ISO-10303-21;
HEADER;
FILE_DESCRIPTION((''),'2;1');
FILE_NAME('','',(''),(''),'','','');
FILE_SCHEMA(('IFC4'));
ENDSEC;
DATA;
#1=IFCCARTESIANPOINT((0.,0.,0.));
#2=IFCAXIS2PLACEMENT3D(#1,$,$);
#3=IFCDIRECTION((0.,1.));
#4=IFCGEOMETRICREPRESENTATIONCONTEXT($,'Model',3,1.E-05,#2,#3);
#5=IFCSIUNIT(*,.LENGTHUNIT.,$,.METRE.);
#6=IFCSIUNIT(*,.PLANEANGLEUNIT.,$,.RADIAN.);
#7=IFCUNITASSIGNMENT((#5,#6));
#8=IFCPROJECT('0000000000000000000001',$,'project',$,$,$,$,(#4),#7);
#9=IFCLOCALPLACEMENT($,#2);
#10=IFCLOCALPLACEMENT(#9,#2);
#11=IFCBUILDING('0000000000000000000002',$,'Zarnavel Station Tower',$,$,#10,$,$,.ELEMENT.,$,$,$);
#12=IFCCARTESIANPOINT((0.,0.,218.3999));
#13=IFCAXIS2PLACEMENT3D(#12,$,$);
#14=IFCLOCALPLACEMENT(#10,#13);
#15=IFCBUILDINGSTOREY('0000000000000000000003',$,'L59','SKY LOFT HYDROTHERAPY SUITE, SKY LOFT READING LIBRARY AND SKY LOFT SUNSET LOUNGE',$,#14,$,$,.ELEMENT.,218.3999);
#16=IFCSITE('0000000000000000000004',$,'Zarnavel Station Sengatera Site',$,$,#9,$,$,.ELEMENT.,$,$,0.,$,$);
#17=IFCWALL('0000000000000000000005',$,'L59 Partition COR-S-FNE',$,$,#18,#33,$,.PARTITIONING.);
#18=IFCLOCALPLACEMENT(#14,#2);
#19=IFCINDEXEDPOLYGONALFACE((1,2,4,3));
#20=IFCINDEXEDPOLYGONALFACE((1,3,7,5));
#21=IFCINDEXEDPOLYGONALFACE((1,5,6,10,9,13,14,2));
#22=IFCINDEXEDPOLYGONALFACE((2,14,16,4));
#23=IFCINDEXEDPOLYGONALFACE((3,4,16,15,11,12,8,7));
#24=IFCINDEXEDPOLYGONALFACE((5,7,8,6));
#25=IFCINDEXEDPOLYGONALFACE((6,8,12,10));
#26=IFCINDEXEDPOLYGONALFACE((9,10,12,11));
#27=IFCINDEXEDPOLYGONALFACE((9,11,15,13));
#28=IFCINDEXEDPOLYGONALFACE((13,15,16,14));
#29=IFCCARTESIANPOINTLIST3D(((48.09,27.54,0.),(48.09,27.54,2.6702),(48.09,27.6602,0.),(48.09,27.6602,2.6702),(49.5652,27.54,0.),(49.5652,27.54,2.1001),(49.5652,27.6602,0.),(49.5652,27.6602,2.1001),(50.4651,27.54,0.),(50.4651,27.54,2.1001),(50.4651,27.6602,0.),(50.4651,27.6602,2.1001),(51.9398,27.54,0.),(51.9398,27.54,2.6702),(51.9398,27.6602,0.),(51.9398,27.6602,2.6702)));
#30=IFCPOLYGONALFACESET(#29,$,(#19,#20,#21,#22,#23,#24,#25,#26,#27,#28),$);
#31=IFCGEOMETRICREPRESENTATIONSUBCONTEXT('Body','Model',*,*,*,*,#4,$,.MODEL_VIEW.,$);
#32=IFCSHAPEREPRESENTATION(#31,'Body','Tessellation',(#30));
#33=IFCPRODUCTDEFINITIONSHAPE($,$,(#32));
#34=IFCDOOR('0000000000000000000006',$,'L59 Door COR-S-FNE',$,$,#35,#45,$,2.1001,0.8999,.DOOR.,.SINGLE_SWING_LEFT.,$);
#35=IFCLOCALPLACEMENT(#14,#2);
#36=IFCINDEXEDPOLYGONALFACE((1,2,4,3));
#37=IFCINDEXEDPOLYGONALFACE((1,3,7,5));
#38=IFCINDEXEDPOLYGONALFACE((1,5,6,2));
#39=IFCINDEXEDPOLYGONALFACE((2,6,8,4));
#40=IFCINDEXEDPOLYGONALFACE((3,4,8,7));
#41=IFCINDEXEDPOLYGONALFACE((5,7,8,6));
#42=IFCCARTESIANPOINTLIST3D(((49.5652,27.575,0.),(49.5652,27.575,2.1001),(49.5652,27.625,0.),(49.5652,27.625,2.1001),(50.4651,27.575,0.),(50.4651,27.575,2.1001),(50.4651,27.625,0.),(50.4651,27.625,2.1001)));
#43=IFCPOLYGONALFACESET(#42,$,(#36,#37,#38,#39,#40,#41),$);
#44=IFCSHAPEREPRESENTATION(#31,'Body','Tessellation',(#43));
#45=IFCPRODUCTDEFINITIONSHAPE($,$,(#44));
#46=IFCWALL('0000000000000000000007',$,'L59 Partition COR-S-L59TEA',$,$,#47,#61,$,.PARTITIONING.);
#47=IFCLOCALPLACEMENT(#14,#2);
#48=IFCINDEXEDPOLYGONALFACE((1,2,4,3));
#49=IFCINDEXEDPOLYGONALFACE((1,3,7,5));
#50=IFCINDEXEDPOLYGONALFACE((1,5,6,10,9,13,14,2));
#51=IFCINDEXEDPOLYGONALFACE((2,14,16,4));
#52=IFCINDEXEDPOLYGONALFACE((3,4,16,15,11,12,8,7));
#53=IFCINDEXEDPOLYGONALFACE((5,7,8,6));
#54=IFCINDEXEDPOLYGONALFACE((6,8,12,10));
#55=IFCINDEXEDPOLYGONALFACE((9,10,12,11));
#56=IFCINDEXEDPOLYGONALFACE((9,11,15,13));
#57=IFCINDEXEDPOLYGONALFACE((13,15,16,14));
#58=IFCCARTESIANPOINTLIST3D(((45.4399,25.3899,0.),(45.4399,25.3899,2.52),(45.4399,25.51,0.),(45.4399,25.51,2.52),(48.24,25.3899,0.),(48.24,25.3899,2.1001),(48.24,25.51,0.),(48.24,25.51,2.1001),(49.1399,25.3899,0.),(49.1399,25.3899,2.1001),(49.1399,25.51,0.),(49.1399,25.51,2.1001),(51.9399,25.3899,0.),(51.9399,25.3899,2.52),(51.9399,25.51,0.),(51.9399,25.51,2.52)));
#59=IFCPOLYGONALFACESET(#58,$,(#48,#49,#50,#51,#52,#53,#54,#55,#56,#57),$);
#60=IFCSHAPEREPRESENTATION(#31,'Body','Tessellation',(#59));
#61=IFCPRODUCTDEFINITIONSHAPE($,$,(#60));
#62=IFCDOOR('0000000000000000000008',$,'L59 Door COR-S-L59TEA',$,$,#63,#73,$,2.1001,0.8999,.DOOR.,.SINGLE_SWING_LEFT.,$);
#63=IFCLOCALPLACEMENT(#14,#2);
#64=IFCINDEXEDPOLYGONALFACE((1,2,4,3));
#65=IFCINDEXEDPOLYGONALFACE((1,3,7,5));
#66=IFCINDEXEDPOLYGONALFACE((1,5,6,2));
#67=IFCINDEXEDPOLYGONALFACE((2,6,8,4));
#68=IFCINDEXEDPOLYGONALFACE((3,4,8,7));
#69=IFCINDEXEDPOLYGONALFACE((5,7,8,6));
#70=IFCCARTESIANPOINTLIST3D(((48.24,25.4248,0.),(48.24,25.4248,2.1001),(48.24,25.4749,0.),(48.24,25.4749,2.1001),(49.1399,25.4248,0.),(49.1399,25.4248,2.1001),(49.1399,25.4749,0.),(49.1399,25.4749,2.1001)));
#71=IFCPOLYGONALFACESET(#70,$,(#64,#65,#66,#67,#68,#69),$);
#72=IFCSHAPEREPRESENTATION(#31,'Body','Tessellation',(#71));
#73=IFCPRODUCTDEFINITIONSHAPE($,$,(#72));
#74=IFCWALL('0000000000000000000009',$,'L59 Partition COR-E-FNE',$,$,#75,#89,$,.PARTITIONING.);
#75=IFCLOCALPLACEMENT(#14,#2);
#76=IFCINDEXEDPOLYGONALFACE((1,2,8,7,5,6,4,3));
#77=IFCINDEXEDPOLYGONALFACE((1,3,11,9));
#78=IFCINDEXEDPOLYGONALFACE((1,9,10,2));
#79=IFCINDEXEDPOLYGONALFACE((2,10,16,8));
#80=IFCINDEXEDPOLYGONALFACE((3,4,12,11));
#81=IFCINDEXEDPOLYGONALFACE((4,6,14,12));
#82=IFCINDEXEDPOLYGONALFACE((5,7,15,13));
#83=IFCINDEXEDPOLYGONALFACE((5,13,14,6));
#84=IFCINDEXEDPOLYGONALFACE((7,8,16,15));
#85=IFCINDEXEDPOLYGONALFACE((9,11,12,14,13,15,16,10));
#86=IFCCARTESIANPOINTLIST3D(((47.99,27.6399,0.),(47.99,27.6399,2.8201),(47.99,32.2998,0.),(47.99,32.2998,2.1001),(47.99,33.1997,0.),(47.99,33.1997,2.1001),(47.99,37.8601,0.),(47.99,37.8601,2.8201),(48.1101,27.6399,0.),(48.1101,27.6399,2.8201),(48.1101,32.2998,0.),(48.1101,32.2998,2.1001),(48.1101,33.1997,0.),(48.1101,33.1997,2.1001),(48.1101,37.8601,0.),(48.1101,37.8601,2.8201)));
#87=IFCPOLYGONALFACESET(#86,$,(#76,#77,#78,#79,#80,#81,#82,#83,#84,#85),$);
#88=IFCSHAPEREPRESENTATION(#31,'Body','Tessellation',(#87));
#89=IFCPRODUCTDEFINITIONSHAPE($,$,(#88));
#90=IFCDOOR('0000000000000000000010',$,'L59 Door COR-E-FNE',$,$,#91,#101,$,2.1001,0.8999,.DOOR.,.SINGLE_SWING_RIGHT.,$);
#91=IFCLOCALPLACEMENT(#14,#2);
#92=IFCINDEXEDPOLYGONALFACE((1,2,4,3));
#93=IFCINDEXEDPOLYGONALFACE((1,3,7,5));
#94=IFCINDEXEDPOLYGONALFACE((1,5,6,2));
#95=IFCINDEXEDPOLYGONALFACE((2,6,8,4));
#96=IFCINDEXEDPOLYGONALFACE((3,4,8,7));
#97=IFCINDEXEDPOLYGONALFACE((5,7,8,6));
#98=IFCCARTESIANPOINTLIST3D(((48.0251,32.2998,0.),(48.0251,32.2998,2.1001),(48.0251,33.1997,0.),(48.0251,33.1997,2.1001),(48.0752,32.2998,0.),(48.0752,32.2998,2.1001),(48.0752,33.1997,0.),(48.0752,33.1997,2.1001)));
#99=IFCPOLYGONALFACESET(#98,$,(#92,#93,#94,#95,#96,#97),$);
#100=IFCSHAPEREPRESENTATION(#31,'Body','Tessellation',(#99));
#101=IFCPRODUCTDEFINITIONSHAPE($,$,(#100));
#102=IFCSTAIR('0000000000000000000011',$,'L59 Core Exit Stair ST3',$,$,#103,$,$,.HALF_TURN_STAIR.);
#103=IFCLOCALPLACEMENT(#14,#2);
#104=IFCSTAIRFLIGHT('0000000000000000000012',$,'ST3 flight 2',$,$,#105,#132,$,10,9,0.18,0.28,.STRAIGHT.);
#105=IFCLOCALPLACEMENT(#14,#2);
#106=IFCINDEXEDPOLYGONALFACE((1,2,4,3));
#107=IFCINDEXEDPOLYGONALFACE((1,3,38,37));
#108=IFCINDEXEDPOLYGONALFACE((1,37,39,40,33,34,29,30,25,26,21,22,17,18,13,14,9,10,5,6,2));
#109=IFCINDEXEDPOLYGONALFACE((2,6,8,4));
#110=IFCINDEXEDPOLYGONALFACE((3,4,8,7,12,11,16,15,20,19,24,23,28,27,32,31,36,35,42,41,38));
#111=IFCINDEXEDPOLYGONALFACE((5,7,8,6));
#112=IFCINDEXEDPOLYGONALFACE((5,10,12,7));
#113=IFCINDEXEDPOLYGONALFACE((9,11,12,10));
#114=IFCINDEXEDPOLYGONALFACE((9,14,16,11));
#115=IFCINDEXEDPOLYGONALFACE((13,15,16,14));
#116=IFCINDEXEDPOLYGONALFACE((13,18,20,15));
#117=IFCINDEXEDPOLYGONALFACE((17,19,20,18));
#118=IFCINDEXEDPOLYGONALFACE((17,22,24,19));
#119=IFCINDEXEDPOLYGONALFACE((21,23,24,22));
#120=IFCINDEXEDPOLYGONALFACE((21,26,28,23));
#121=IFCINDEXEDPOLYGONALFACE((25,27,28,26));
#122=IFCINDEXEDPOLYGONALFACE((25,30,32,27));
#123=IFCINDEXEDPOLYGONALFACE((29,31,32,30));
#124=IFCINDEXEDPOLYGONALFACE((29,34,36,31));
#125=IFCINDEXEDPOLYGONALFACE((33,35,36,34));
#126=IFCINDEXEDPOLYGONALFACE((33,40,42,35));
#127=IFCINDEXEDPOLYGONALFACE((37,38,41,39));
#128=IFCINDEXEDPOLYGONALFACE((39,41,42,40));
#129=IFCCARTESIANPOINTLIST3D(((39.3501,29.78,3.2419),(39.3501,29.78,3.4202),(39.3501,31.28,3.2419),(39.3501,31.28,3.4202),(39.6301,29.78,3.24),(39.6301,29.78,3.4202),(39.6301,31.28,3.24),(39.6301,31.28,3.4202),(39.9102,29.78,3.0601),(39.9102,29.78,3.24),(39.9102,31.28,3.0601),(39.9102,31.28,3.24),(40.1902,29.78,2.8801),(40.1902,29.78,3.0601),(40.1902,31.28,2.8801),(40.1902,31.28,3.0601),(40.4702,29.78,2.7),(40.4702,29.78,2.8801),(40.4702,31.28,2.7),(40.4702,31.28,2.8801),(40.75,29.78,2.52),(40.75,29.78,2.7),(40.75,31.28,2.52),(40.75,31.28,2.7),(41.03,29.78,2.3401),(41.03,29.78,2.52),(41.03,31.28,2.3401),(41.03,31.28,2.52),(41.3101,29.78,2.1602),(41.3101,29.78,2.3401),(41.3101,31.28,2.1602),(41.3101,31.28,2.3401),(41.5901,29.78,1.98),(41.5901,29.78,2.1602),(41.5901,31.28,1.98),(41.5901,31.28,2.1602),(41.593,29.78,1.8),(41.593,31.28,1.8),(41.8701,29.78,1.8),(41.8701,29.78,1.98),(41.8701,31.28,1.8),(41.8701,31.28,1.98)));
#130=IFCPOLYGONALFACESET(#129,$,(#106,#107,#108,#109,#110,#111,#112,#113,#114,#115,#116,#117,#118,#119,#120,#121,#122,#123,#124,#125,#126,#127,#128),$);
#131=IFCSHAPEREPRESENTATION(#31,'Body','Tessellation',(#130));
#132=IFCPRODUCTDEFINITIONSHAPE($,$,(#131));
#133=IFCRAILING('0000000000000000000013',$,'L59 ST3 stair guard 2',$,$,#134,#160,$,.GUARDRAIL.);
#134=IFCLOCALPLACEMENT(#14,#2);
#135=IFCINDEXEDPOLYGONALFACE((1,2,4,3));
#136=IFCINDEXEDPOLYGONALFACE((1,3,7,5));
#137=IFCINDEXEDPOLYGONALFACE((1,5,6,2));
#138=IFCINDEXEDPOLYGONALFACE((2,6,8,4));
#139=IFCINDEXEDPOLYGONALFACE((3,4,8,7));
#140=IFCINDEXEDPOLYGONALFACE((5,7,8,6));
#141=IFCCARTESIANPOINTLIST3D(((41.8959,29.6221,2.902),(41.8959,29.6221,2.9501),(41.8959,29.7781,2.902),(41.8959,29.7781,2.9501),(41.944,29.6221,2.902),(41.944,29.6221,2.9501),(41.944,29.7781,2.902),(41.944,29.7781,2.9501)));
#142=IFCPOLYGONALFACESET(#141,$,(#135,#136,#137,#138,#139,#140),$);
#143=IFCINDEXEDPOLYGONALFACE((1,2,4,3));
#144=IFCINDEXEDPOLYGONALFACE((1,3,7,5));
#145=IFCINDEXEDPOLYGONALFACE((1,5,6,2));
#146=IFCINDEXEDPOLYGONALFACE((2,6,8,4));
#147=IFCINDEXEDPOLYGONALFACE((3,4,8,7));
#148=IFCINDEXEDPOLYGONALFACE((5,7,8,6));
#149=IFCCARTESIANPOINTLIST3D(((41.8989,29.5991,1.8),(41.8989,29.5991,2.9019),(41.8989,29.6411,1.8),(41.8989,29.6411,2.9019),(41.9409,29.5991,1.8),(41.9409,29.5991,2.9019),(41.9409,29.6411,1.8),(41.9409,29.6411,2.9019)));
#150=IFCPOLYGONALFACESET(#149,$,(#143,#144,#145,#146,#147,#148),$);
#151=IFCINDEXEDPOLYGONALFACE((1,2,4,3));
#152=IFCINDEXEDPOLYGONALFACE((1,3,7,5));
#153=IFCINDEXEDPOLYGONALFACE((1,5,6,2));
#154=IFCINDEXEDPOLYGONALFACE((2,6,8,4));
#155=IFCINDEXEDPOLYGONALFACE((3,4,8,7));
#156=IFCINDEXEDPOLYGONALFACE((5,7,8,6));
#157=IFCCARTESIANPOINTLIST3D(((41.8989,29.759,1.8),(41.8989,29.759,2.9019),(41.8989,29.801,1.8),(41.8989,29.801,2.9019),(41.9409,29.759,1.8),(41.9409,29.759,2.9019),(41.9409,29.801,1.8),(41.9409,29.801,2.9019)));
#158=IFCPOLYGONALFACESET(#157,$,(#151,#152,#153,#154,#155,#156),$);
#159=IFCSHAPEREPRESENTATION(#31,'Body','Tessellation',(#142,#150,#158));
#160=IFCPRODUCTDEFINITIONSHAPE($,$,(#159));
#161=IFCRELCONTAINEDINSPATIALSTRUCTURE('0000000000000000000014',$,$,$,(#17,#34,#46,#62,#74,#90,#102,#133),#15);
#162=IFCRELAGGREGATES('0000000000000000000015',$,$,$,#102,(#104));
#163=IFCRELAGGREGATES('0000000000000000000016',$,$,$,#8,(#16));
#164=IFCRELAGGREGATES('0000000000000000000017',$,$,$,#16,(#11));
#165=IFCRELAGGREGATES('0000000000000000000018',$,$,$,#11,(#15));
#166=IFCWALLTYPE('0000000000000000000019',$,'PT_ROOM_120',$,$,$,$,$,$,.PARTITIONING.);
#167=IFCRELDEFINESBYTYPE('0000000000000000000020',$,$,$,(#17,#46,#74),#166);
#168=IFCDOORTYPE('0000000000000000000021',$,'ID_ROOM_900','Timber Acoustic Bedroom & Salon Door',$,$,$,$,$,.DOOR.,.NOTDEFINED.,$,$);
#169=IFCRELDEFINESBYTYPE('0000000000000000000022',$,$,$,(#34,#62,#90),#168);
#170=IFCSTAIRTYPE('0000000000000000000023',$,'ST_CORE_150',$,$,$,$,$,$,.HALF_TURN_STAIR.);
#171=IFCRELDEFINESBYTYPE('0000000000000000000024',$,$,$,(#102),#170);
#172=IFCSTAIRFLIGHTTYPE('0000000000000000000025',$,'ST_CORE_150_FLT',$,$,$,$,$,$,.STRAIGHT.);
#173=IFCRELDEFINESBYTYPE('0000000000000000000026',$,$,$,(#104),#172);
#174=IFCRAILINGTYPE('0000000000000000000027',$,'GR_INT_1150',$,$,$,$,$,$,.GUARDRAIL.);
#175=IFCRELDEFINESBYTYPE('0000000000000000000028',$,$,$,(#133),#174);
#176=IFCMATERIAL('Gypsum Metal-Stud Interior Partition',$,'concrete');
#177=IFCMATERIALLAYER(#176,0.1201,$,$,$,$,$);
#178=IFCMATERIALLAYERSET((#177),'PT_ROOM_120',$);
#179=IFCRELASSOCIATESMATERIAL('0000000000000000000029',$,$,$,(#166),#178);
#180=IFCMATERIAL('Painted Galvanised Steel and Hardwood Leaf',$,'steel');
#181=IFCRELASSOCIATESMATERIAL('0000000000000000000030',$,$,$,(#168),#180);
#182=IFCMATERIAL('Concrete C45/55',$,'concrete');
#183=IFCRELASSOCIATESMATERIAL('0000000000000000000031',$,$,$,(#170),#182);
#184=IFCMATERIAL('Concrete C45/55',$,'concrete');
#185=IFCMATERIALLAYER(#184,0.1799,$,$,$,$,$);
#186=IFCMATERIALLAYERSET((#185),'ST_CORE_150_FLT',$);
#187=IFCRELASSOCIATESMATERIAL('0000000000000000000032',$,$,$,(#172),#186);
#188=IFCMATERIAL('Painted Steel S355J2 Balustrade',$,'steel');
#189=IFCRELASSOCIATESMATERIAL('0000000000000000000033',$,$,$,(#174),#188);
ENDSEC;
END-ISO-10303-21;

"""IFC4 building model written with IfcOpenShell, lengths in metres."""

from ifc_helpers import new_model, si_unit, direction, frame, frame_2d, origin, origin_2d, place, context, subcontext, project, spatial, polyline, rectangle, outline, extrude, material, layer, layer_set, type_object, element, fill, aggregate, save


model = new_model("IFC4")

# Units and contexts
model_context = context("Model", 3, precision=1e-05, world=origin(), true_north=direction((0.0, 1.0)))
body_context = subcontext(model_context, "Body", "Model", "MODEL_VIEW")
ifc_project = project(units=[si_unit("LENGTHUNIT", "METRE"), si_unit("PLANEANGLEUNIT", "RADIAN")], contexts=[model_context])

# Site, building, storey
site_placement = place(None, origin())
site = spatial("IfcSite", under=ifc_project, at=site_placement, Name="Zarnavel Station Sengatera Site", CompositionType="ELEMENT", RefElevation=0.0)
building_placement = place(site_placement, origin())
building = spatial("IfcBuilding", under=site, at=building_placement, Name="Zarnavel Station Tower", CompositionType="ELEMENT")
storey_placement = place(building_placement, frame((0.0, 0.0, 218.3999)))
storey = spatial("IfcBuildingStorey", under=building, at=storey_placement, Name="L59", Description="SKY LOFT HYDROTHERAPY SUITE, SKY LOFT READING LIBRARY AND SKY LOFT SUNSET LOUNGE", CompositionType="ELEMENT", Elevation=218.3999)

# Walls, openings, doors
ifc_material_1 = material(Name="Gypsum Metal-Stud Interior Partition", Category="concrete")
ifc_layer_1 = layer(ifc_material_1, 0.1201)
ifc_layer_set_1 = layer_set([ifc_layer_1], Name="PT_ROOM_120")
wall_type_1 = type_object("IfcWallType", Name="PT_ROOM_120", PredefinedType="PARTITIONING", material=ifc_layer_set_1)
wall_1_placement = place(storey_placement, frame((48.0901, 27.6001, 0.0), z_axis=(0.0, 0.0, 1.0), x_axis=(1.0, 0.0, 0.0)))
wall_1 = element("IfcWall", 1, at=wall_1_placement, inside=storey, type_object=wall_type_1, Name="L59 Partition COR-S-FNE", PredefinedType="PARTITIONING", context=body_context, shape_type="SweptSolid", body=[
    extrude(rectangle(XDim=3.8499, YDim=0.1201, at=frame_2d((1.9248, 0.0))), origin(), (0.0, 0.0, 1.0), 2.6702),
])
opening_1_placement = place(wall_1_placement, frame((1.4751, 0.0, 0.0)))
opening_1 = element("IfcOpeningElement", 2, at=opening_1_placement, cuts=wall_1, PredefinedType="OPENING", context=body_context, shape_type="SweptSolid", body=[
    extrude(rectangle(XDim=0.8999, YDim=2.1001, at=frame_2d((0.45, 1.05))), frame((0.0, 0.0701, 0.0), z_axis=(0.0, -1.0, 0.0), x_axis=(1.0, 0.0, 0.0)), (0.0, 0.0, 1.0), 0.1401),
])
ifc_material_2 = material(Name="Painted Galvanised Steel and Hardwood Leaf", Category="steel")
door_type_1 = type_object("IfcDoorType", Name="ID_ROOM_900", Description="Timber Acoustic Bedroom & Salon Door", OperationType="NOTDEFINED", PredefinedType="DOOR", material=ifc_material_2)
door_1_placement = place(opening_1_placement, origin())
door_1 = element("IfcDoor", 3, at=door_1_placement, inside=storey, type_object=door_type_1, Name="L59 Door COR-S-FNE", OperationType="SINGLE_SWING_LEFT", OverallHeight=2.1001, OverallWidth=0.8999, PredefinedType="DOOR", context=body_context, shape_type="SweptSolid", body=[
    extrude(rectangle(XDim=0.8999, YDim=2.1001, at=frame_2d((0.45, 1.05))), frame((0.0, 0.0249, 0.0), z_axis=(0.0, -1.0, 0.0), x_axis=(1.0, 0.0, 0.0)), (0.0, 0.0, 1.0), 0.05),
])
fill(opening_1, door_1)
wall_2_placement = place(storey_placement, frame((45.4399, 25.45, 0.0), z_axis=(0.0, 0.0, 1.0), x_axis=(1.0, 0.0, 0.0)))
wall_2 = element("IfcWall", 4, at=wall_2_placement, inside=storey, type_object=wall_type_1, Name="L59 Partition COR-S-L59TEA", PredefinedType="PARTITIONING", context=body_context, shape_type="SweptSolid", body=[
    extrude(rectangle(XDim=6.5, YDim=0.1201, at=frame_2d((3.25, 0.0))), origin(), (0.0, 0.0, 1.0), 2.52),
])
opening_2_placement = place(wall_2_placement, frame((2.8, 0.0, 0.0)))
opening_2 = element("IfcOpeningElement", 5, at=opening_2_placement, cuts=wall_2, PredefinedType="OPENING", context=body_context, shape_type="SweptSolid", body=[
    extrude(rectangle(XDim=0.8999, YDim=2.1001, at=frame_2d((0.45, 1.05))), frame((0.0, 0.0701, 0.0), z_axis=(0.0, -1.0, 0.0), x_axis=(1.0, 0.0, 0.0)), (0.0, 0.0, 1.0), 0.1401),
])
door_2_placement = place(opening_2_placement, origin())
door_2 = element("IfcDoor", 6, at=door_2_placement, inside=storey, type_object=door_type_1, Name="L59 Door COR-S-L59TEA", OperationType="SINGLE_SWING_LEFT", OverallHeight=2.1001, OverallWidth=0.8999, PredefinedType="DOOR", context=body_context, shape_type="SweptSolid", body=[
    extrude(rectangle(XDim=0.8999, YDim=2.1001, at=frame_2d((0.45, 1.05))), frame((0.0, 0.0249, 0.0), z_axis=(0.0, -1.0, 0.0), x_axis=(1.0, 0.0, 0.0)), (0.0, 0.0, 1.0), 0.05),
])
fill(opening_2, door_2)
wall_3_placement = place(storey_placement, frame((48.05, 27.6399, 0.0), z_axis=(0.0, 0.0, 1.0), x_axis=(0.0, 1.0, 0.0)))
wall_3 = element("IfcWall", 7, at=wall_3_placement, inside=storey, type_object=wall_type_1, Name="L59 Partition COR-E-FNE", PredefinedType="PARTITIONING", context=body_context, shape_type="SweptSolid", body=[
    extrude(rectangle(XDim=10.2202, YDim=0.1201, at=frame_2d((5.1101, 0.0))), origin(), (0.0, 0.0, 1.0), 2.8201),
])
opening_3_placement = place(wall_3_placement, frame((4.6599, 0.0, 0.0)))
opening_3 = element("IfcOpeningElement", 8, at=opening_3_placement, cuts=wall_3, PredefinedType="OPENING", context=body_context, shape_type="SweptSolid", body=[
    extrude(rectangle(XDim=0.8999, YDim=2.1001, at=frame_2d((0.45, 1.05))), frame((0.0, 0.0701, 0.0), z_axis=(0.0, -1.0, 0.0), x_axis=(1.0, 0.0, 0.0)), (0.0, 0.0, 1.0), 0.1401),
])
door_3_placement = place(opening_3_placement, origin())
door_3 = element("IfcDoor", 9, at=door_3_placement, inside=storey, type_object=door_type_1, Name="L59 Door COR-E-FNE", OperationType="SINGLE_SWING_RIGHT", OverallHeight=2.1001, OverallWidth=0.8999, PredefinedType="DOOR", context=body_context, shape_type="SweptSolid", body=[
    extrude(rectangle(XDim=0.8999, YDim=2.1001, at=frame_2d((0.45, 1.05))), frame((0.0, 0.0249, 0.0), z_axis=(0.0, -1.0, 0.0), x_axis=(1.0, 0.0, 0.0)), (0.0, 0.0, 1.0), 0.05),
])
fill(opening_3, door_3)

# Stair, stair flight
ifc_material_3 = material(Name="Concrete C45/55", Category="concrete")
stair_type = type_object("IfcStairType", Name="ST_CORE_150", PredefinedType="HALF_TURN_STAIR", material=ifc_material_3)
stair_placement = place(storey_placement, origin())
stair = element("IfcStair", 10, at=stair_placement, inside=storey, type_object=stair_type, Name="L59 Core Exit Stair ST3", PredefinedType="HALF_TURN_STAIR")
ifc_material_4 = material(Name="Concrete C45/55", Category="concrete")
ifc_layer_2 = layer(ifc_material_4, 0.1799)
ifc_layer_set_2 = layer_set([ifc_layer_2], Name="ST_CORE_150_FLT")
stair_flight_type = type_object("IfcStairFlightType", Name="ST_CORE_150_FLT", PredefinedType="STRAIGHT", material=ifc_layer_set_2)
stair_flight_placement = place(storey_placement, frame((41.8701, 30.53, 1.8), z_axis=(0.0, 0.0, 1.0), x_axis=(-1.0, 0.0, 0.0)))
stair_flight = element("IfcStairFlight", 11, at=stair_flight_placement, type_object=stair_flight_type, Name="ST3 flight 2", NumberOfRisers=10, NumberOfTreads=9, PredefinedType="STRAIGHT", RiserHeight=0.18, TreadLength=0.28, context=body_context, shape_type="SweptSolid", body=[
    extrude(outline(polyline([(0.0, 0.0), (0.0, 0.1799), (0.28, 0.1799), (0.28, 0.3601), (0.5601, 0.3601), (0.5601, 0.54), (0.8401, 0.54), (0.8401, 0.72), (1.1201, 0.72), (1.1201, 0.8999), (1.3999, 0.8999), (1.3999, 1.0801), (1.6799, 1.0801), (1.6799, 1.26), (1.96, 1.26), (1.96, 1.4399), (2.24, 1.4399), (2.24, 1.6201), (2.52, 1.6201), (2.52, 1.8), (2.52, 1.4419), (0.2771, 0.0), (0.0, 0.0)])), frame((0.0, 0.75, 0.0), z_axis=(0.0, -1.0, 0.0), x_axis=(1.0, 0.0, 0.0)), (0.0, 0.0, 1.0), 1.5),
])
aggregate(stair, [stair_flight])

# Railing
ifc_material_5 = material(Name="Painted Steel S355J2 Balustrade", Category="steel")
railing_type_1 = type_object("IfcRailingType", Name="GR_INT_1150", PredefinedType="GUARDRAIL", material=ifc_material_5)
railing_1_placement = place(storey_placement, frame((41.9199, 29.6201, 1.8)))
element("IfcRailing", 12, at=railing_1_placement, inside=storey, type_object=railing_type_1, Name="L59 ST3 stair guard 2", PredefinedType="GUARDRAIL", context=body_context, shape_type="SweptSolid", body=[
    extrude(rectangle(XDim=0.0481, YDim=0.0481, at=origin_2d()), frame((0.0, 0.002, 1.126), z_axis=(0.0, 1.0, 0.0), x_axis=(-1.0, 0.0, 0.0)), (0.0, 0.0, 1.0), 0.156),
    extrude(rectangle(XDim=0.042, YDim=0.042, at=origin_2d()), origin(), (0.0, 0.0, 1.0), 1.1018),
    extrude(rectangle(XDim=0.042, YDim=0.042, at=origin_2d()), frame((0.0, 0.1599, 0.0)), (0.0, 0.0, 1.0), 1.1018),
])

save(model, "model.ifc")
